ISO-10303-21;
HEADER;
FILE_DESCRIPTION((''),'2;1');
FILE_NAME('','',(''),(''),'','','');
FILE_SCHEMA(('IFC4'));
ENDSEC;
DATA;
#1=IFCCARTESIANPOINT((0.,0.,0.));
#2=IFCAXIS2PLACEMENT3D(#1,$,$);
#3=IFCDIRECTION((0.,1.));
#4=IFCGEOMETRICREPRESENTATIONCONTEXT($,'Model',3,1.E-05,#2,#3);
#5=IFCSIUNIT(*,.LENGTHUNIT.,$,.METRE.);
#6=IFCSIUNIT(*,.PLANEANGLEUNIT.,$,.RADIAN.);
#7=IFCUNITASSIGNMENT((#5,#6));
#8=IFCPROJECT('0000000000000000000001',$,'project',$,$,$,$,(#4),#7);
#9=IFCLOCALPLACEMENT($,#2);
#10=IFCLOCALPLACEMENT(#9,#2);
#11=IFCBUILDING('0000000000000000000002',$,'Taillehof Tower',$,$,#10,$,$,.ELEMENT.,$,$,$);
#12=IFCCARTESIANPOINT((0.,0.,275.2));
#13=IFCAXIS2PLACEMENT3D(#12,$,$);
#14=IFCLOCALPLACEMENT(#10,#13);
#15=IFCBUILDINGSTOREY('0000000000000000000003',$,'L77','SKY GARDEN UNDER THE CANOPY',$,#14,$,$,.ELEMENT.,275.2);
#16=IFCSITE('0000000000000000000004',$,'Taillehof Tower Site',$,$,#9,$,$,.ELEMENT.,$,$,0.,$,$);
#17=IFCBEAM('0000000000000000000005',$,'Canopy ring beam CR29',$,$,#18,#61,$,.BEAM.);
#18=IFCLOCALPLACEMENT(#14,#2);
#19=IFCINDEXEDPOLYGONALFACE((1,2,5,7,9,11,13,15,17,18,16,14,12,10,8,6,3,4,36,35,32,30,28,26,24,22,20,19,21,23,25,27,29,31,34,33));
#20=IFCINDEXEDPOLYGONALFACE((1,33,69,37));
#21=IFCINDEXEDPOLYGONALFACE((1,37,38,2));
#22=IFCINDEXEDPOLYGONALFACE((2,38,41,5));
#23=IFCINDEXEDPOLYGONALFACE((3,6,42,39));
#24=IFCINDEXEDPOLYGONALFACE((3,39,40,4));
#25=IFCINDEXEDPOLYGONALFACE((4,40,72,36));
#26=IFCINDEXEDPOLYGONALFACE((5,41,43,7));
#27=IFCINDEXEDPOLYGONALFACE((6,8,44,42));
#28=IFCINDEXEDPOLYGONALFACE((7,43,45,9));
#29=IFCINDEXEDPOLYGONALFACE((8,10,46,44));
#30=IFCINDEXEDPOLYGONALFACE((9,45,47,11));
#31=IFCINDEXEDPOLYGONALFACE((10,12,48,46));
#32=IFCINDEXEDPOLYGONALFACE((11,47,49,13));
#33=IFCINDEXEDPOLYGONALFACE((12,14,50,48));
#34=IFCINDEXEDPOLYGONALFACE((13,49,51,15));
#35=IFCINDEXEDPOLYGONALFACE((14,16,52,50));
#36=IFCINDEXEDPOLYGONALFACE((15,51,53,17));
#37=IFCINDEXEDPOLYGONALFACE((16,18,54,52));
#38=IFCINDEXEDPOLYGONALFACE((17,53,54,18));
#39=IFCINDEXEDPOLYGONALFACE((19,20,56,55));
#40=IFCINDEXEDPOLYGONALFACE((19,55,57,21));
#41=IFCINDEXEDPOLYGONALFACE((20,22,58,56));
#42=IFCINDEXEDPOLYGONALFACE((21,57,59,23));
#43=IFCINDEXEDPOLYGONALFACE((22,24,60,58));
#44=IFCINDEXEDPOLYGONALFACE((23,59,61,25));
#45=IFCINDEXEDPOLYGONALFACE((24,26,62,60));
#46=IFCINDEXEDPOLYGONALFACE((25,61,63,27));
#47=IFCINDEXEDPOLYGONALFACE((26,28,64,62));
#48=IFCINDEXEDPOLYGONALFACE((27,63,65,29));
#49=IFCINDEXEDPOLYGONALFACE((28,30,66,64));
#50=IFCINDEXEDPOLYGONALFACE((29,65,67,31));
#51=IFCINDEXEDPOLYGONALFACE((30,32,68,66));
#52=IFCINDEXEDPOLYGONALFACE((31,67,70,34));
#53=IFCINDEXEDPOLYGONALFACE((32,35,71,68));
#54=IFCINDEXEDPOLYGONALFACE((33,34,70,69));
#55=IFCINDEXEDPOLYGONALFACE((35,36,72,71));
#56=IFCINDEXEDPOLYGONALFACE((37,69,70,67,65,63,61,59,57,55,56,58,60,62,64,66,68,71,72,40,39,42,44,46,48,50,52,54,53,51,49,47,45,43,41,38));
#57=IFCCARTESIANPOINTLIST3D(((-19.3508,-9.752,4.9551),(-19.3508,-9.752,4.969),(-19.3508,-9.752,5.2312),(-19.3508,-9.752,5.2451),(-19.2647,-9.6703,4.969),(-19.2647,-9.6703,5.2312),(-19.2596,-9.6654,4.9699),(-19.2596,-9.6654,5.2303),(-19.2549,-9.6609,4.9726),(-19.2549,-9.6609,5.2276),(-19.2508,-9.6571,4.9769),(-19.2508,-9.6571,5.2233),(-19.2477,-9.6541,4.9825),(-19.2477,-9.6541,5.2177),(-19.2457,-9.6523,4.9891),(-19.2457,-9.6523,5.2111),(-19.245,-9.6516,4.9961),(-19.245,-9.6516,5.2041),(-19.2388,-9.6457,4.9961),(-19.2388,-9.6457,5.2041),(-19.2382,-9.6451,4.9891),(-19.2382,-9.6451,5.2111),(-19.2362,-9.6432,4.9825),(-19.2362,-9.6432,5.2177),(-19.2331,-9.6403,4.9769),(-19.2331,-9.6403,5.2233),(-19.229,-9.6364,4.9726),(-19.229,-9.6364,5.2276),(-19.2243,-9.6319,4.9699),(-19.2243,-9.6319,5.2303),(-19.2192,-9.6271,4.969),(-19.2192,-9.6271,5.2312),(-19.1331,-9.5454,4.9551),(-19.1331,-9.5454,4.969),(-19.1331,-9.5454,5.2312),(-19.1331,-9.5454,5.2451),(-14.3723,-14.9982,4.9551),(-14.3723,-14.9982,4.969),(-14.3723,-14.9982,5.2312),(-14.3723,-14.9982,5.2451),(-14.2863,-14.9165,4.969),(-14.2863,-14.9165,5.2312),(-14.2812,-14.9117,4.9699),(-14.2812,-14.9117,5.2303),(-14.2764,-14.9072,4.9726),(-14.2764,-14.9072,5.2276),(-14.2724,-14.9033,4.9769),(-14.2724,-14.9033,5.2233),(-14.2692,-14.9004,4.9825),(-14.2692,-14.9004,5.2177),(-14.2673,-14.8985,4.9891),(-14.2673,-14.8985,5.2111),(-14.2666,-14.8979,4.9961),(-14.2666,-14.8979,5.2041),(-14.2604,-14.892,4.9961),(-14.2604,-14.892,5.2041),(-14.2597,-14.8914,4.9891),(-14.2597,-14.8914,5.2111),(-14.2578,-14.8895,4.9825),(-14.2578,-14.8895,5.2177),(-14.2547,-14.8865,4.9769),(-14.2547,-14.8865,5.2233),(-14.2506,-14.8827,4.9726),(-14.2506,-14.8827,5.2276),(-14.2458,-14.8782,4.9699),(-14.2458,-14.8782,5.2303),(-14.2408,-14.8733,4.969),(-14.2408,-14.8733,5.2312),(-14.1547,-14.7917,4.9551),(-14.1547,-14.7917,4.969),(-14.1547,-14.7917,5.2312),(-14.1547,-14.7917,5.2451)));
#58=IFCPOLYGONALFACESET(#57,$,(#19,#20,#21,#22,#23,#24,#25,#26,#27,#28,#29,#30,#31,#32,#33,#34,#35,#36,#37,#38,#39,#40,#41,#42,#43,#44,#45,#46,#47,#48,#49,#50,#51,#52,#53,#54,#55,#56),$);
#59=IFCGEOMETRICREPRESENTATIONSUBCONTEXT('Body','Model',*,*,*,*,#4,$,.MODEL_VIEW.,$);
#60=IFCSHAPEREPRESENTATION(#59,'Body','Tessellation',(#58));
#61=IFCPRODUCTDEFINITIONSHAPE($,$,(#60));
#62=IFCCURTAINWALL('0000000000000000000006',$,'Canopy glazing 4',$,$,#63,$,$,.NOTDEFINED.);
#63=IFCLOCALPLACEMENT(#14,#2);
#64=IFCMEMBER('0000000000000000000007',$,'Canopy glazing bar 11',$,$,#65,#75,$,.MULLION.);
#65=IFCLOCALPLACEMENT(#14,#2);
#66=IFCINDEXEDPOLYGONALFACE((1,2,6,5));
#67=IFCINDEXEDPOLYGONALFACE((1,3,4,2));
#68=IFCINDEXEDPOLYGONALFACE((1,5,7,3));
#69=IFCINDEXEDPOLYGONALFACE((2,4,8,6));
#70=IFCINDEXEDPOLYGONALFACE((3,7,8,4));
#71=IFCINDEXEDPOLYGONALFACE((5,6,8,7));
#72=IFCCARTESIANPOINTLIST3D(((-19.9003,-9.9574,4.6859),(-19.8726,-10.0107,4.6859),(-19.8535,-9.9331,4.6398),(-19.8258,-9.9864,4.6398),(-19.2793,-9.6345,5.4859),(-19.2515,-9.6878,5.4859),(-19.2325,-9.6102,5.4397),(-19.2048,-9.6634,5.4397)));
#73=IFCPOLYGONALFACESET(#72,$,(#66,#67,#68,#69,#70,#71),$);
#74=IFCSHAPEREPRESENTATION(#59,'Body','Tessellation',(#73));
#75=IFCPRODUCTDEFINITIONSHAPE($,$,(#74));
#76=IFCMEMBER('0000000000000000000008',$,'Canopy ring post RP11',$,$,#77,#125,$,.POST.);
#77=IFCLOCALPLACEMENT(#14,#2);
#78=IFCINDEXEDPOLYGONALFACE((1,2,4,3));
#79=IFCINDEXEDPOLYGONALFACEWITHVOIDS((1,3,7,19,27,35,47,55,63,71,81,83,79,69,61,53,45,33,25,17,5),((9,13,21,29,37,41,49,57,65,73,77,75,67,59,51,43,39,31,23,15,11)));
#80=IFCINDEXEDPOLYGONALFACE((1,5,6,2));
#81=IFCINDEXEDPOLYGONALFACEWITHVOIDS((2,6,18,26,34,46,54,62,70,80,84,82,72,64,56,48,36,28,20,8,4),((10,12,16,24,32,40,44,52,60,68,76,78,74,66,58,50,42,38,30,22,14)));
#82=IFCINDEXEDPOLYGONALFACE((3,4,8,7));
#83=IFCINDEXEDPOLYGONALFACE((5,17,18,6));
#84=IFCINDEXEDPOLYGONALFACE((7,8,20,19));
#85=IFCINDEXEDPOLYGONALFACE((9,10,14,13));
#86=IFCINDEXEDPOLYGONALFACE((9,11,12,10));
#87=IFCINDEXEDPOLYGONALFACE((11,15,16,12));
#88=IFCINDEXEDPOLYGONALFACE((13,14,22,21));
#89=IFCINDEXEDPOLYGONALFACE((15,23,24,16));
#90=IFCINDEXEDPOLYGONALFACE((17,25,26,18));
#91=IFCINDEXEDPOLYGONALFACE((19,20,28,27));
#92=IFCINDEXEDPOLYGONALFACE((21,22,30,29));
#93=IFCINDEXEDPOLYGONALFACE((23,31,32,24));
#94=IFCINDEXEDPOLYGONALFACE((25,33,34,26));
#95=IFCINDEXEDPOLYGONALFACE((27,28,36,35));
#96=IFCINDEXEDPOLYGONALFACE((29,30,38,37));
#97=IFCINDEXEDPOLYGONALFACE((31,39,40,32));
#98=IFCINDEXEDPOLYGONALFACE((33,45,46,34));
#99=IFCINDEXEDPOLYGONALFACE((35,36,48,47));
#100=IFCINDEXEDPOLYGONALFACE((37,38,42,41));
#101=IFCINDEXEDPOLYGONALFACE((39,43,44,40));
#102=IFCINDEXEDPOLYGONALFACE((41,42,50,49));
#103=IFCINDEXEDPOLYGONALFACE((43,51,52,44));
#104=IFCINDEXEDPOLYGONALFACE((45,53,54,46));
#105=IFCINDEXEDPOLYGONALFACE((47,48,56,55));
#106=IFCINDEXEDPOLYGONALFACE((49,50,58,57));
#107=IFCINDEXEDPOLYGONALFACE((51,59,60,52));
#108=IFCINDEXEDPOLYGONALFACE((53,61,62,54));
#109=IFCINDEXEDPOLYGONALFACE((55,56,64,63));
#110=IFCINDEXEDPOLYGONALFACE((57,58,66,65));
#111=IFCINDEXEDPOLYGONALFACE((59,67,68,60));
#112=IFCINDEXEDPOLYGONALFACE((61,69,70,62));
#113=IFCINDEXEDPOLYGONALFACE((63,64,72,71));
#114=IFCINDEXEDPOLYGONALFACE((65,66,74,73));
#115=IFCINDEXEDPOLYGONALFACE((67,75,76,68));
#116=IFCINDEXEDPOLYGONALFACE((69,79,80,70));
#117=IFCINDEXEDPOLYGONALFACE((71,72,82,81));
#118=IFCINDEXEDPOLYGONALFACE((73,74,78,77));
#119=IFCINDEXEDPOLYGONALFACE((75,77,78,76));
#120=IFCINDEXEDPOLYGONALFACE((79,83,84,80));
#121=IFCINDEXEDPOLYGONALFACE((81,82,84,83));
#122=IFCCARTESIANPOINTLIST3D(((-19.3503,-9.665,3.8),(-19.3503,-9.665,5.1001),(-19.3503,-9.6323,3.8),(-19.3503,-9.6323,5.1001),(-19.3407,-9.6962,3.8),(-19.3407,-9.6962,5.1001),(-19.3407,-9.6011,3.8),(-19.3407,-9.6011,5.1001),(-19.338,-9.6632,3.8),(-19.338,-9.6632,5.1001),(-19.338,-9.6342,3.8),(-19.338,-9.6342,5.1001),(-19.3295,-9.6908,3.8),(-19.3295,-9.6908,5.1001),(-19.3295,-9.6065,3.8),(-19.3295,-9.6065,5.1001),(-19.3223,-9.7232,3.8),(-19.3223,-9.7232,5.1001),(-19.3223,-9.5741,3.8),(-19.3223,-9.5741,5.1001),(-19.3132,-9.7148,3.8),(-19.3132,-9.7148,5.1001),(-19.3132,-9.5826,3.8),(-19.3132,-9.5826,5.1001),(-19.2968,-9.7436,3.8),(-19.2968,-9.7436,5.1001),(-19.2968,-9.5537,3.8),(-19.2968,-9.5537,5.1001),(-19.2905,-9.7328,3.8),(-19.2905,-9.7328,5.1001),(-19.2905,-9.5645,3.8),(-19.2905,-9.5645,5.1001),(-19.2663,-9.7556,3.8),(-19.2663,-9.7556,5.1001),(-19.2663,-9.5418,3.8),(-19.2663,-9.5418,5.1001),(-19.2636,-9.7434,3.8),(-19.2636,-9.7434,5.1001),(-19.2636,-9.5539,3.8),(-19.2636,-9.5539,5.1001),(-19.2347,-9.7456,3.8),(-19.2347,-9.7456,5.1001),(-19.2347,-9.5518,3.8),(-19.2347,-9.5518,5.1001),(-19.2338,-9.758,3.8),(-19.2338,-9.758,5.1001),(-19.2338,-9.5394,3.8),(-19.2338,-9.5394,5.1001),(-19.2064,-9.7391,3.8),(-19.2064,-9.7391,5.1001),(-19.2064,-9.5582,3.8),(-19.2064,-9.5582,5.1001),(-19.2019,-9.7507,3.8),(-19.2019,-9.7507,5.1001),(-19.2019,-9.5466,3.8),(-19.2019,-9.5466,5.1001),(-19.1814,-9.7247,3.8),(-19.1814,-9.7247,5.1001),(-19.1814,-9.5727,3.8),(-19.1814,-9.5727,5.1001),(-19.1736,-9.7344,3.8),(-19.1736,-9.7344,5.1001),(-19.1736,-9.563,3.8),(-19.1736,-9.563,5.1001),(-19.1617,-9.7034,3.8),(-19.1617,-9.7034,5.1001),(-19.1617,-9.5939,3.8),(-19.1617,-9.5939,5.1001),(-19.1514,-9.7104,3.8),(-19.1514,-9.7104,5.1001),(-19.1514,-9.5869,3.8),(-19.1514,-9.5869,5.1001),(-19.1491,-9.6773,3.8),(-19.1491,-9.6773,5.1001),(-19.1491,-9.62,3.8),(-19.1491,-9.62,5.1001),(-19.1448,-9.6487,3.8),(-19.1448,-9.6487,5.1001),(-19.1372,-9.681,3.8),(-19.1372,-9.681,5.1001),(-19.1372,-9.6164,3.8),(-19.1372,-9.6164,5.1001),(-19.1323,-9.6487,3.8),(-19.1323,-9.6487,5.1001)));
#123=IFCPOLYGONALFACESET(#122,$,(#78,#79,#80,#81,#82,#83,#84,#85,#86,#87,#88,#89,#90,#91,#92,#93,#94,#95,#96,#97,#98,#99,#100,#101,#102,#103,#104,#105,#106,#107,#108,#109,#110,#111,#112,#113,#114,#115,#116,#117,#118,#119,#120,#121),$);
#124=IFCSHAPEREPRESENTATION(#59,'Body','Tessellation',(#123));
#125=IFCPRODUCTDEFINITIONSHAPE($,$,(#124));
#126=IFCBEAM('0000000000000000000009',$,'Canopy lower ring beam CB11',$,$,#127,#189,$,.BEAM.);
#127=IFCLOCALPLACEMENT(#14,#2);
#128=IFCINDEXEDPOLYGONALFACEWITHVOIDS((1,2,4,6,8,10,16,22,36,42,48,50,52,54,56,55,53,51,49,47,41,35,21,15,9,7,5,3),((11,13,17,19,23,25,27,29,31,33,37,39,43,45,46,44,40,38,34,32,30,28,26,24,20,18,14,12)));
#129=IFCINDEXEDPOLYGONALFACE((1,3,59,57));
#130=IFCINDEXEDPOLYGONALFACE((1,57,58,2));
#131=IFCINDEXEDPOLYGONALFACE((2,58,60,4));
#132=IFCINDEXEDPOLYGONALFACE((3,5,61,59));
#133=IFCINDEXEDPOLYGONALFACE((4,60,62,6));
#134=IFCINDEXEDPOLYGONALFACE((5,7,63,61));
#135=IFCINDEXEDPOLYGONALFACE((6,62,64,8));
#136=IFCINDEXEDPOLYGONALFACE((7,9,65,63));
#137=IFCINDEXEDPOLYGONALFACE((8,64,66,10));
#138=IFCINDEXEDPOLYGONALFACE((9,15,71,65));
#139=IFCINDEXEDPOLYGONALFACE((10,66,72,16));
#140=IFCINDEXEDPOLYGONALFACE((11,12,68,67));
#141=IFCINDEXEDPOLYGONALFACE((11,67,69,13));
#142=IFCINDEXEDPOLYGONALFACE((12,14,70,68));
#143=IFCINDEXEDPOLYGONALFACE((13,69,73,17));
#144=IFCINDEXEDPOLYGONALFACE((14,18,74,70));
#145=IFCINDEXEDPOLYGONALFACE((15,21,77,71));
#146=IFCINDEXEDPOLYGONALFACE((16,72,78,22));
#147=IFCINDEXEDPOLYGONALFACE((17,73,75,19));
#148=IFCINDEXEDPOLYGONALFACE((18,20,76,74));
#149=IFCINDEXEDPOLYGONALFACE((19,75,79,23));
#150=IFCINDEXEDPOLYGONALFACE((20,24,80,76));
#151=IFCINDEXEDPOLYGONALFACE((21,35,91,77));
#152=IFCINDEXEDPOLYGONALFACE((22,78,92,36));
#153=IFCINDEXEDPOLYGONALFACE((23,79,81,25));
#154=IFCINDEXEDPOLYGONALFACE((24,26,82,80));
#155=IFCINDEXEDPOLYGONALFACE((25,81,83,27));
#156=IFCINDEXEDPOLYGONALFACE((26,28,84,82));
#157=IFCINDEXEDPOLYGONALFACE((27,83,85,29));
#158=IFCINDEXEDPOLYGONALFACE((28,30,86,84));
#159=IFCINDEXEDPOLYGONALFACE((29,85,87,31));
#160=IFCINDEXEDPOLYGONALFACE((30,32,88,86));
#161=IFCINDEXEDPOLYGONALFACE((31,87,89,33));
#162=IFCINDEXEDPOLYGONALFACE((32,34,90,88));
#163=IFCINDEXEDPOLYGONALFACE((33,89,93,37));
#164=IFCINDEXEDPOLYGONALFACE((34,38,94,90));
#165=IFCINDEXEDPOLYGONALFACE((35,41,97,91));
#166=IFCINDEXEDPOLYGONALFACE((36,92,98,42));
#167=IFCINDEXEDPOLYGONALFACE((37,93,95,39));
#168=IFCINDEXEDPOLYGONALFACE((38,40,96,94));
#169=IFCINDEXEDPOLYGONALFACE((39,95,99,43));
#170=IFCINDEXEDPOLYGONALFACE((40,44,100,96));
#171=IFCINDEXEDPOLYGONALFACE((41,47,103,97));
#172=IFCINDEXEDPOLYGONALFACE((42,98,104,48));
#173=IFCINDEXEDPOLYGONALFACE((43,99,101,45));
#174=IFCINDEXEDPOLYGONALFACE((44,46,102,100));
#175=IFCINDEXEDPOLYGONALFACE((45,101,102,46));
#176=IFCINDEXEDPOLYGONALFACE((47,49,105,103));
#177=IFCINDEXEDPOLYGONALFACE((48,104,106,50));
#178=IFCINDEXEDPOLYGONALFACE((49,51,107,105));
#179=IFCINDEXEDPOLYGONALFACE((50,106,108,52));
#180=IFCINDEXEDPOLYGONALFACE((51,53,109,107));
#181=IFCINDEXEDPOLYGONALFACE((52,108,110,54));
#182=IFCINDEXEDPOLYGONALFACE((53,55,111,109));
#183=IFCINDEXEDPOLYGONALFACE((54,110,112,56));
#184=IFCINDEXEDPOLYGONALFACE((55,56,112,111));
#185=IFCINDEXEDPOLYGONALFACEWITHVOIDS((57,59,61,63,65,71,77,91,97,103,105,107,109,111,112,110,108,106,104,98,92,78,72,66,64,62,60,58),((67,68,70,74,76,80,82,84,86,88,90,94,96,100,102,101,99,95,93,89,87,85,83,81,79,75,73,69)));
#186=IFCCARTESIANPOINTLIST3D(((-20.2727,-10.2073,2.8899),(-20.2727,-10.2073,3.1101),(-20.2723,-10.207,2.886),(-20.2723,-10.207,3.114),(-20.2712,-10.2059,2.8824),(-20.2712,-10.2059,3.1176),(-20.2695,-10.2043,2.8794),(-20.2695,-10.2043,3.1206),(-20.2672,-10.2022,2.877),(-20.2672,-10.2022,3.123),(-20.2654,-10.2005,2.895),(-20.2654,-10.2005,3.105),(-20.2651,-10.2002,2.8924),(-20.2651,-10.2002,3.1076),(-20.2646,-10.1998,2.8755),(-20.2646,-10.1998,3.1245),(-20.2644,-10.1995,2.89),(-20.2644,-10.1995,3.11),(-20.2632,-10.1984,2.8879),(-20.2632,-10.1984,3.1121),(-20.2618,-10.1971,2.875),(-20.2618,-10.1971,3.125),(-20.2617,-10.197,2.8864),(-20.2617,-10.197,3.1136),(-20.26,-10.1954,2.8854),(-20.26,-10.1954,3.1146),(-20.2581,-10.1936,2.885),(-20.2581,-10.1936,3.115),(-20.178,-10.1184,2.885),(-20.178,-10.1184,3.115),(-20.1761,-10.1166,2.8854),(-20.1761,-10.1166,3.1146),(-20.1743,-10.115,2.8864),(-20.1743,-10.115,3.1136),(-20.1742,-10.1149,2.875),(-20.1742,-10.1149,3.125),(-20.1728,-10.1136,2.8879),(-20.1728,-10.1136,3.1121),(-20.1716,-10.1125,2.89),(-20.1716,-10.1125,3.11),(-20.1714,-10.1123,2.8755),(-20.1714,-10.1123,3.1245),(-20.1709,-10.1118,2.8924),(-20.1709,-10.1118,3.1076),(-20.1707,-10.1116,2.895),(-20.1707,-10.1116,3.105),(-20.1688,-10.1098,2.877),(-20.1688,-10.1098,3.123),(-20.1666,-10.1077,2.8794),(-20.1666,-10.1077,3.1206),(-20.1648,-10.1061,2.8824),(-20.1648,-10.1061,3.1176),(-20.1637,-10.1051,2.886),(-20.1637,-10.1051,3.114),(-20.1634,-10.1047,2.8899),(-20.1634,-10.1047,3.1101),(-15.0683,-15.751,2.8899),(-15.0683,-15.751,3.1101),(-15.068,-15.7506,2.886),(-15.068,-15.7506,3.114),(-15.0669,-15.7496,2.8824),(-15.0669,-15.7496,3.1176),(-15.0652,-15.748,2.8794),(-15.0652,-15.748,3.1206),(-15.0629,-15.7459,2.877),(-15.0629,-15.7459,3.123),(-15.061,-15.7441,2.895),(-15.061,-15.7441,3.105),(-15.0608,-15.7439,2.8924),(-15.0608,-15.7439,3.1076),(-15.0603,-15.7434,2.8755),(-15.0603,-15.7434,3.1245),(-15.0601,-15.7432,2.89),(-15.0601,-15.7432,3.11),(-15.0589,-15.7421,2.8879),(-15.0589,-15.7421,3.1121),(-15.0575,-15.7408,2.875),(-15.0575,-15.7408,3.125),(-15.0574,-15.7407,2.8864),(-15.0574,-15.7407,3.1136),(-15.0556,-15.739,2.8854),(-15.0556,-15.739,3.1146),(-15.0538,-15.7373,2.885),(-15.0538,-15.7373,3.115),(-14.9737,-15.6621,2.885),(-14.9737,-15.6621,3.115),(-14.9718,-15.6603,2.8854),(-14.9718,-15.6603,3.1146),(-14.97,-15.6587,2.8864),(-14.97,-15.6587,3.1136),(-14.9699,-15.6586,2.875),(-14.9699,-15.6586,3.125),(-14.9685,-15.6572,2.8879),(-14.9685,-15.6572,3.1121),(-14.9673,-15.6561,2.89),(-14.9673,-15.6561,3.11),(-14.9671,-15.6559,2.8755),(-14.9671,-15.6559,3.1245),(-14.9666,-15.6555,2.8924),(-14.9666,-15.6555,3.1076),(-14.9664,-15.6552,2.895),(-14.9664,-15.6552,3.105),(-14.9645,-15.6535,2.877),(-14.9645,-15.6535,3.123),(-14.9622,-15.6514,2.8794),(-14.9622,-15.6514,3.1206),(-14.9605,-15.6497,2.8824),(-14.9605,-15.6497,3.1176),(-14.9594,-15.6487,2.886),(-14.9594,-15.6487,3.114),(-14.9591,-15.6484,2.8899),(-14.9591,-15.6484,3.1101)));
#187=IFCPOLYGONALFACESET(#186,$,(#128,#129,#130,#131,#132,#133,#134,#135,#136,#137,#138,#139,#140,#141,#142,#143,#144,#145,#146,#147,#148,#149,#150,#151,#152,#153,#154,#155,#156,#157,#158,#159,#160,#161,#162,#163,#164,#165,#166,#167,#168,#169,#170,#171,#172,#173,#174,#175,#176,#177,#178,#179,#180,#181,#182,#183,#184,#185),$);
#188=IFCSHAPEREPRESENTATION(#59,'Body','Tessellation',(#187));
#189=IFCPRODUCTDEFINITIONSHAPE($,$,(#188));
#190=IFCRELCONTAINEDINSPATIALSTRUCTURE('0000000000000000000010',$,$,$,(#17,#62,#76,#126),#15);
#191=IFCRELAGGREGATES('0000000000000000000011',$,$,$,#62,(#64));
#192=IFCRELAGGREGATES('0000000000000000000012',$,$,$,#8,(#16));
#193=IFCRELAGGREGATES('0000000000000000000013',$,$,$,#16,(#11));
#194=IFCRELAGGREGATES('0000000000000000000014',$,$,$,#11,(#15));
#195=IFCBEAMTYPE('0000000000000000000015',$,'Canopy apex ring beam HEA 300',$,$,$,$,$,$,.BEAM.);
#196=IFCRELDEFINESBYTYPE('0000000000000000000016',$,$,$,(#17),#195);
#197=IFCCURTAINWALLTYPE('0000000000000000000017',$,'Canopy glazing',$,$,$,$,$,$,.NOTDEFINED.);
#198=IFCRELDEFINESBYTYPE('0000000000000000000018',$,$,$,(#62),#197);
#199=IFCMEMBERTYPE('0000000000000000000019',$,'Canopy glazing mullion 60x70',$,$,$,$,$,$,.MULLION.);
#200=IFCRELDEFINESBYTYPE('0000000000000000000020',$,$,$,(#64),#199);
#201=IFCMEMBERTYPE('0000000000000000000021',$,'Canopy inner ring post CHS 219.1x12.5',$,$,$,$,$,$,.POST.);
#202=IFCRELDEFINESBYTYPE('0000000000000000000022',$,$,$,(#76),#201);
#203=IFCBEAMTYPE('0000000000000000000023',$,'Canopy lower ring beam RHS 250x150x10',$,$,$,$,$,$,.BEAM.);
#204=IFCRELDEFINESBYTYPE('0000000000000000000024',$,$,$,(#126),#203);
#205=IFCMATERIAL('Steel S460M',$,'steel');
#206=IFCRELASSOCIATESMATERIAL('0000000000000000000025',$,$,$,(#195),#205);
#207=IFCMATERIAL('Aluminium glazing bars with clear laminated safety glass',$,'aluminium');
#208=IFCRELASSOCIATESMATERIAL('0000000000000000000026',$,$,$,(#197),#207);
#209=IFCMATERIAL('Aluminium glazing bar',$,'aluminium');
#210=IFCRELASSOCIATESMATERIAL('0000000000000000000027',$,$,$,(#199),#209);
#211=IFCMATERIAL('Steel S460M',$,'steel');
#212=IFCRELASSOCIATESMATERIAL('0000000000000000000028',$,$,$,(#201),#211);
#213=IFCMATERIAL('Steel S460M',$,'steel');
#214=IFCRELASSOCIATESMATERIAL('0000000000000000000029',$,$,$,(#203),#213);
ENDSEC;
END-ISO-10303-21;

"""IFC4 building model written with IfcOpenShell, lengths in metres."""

from ifc_helpers import new_model, si_unit, direction, frame, origin, origin_2d, place, context, subcontext, project, spatial, rectangle, hollow_rectangle, hollow_circle, i_section, extrude, material, material_profile, profile_set, type_object, element, aggregate, save


model = new_model("IFC4")

# Units and contexts
model_context = context("Model", 3, precision=1e-05, world=origin(), true_north=direction((0.0, 1.0)))
body_context = subcontext(model_context, "Body", "Model", "MODEL_VIEW")
ifc_project = project(units=[si_unit("LENGTHUNIT", "METRE"), si_unit("PLANEANGLEUNIT", "RADIAN")], contexts=[model_context])

# Site, building, storey
site_placement = place(None, origin())
site = spatial("IfcSite", under=ifc_project, at=site_placement, Name="Taillehof Tower Site", CompositionType="ELEMENT", RefElevation=0.0)
building_placement = place(site_placement, origin())
building = spatial("IfcBuilding", under=site, at=building_placement, Name="Taillehof Tower", CompositionType="ELEMENT")
storey_placement = place(building_placement, frame((0.0, 0.0, 275.2)))
storey = spatial("IfcBuildingStorey", under=building, at=storey_placement, Name="L77", Description="SKY GARDEN UNDER THE CANOPY", CompositionType="ELEMENT", Elevation=275.2)

# Beam
ifc_material_1 = material(Name="Steel S460M", Category="steel")
ifc_material_profile_1 = material_profile(ifc_material_1, i_section(OverallWidth=0.3, OverallDepth=0.29, WebThickness=0.0085, FlangeThickness=0.0139, FilletRadius=0.0271, at=origin_2d()), Name="HEA 300")
ifc_profile_set_1 = profile_set([ifc_material_profile_1], Name="Steel S460M")
beam_type_1 = type_object("IfcBeamType", Name="Canopy apex ring beam HEA 300", PredefinedType="BEAM", material=ifc_profile_set_1)
beam_1_placement = place(storey_placement, frame((-19.2419, -9.6487, 5.1001), z_axis=(0.688349, -0.725379, 0.0), x_axis=(0.725379, 0.688349, 0.0)))
element("IfcBeam", 1, at=beam_1_placement, inside=storey, type_object=beam_type_1, Name="Canopy ring beam CR29", PredefinedType="BEAM", context=body_context, shape_type="SweptSolid", body=[
    extrude(i_section(OverallWidth=0.3, OverallDepth=0.29, WebThickness=0.0085, FlangeThickness=0.0139, FilletRadius=0.0271, at=origin_2d()), origin(), (0.0, 0.0, 1.0), 7.2324),
])

# Curtain wall, member
ifc_material_2 = material(Name="Aluminium glazing bars with clear laminated safety glass", Category="aluminium")
curtain_wall_type = type_object("IfcCurtainWallType", Name="Canopy glazing", PredefinedType="NOTDEFINED", material=ifc_material_2)
curtain_wall_placement = place(storey_placement, origin())
curtain_wall = element("IfcCurtainWall", 2, at=curtain_wall_placement, inside=storey, type_object=curtain_wall_type, Name="Canopy glazing 4", PredefinedType="NOTDEFINED")
ifc_material_3 = material(Name="Aluminium glazing bar", Category="aluminium")
ifc_material_profile_2 = material_profile(ifc_material_3, rectangle(XDim=0.0601, YDim=0.0701, at=origin_2d()), Name="AL 60x70")
ifc_profile_set_2 = profile_set([ifc_material_profile_2], Name="Aluminium glazing bar")
member_type_1 = type_object("IfcMemberType", Name="Canopy glazing mullion 60x70", PredefinedType="MULLION", material=ifc_profile_set_2)
member_1_placement = place(storey_placement, frame((-19.863, -9.9719, 4.6628), z_axis=(0.584234, 0.303829, 0.752568), x_axis=(-0.461386, 0.8872, 0.0)))
member_1 = element("IfcMember", 3, at=member_1_placement, type_object=member_type_1, Name="Canopy glazing bar 11", PredefinedType="MULLION", context=body_context, shape_type="SweptSolid", body=[
    extrude(rectangle(XDim=0.0601, YDim=0.0701, at=origin_2d()), origin(), (0.0, 0.0, 1.0), 1.063),
])
aggregate(curtain_wall, [member_1])

# Member
ifc_material_4 = material(Name="Steel S460M", Category="steel")
ifc_material_profile_3 = material_profile(ifc_material_4, hollow_circle(Radius=0.1096, WallThickness=0.0125, at=origin_2d()), Name="CHS 219.1x12.5")
ifc_profile_set_3 = profile_set([ifc_material_profile_3], Name="Steel S460M")
member_type_2 = type_object("IfcMemberType", Name="Canopy inner ring post CHS 219.1x12.5", PredefinedType="POST", material=ifc_profile_set_3)
member_2_placement = place(storey_placement, frame((-19.2419, -9.6487, 3.8), z_axis=(0.0, 0.0, 1.0), x_axis=(1.0, 0.0, 0.0)))
element("IfcMember", 4, at=member_2_placement, inside=storey, type_object=member_type_2, Name="Canopy ring post RP11", PredefinedType="POST", context=body_context, shape_type="SweptSolid", body=[
    extrude(hollow_circle(Radius=0.1096, WallThickness=0.0125, at=origin_2d()), origin(), (0.0, 0.0, 1.0), 1.3),
])

# Beam
ifc_material_5 = material(Name="Steel S460M", Category="steel")
ifc_material_profile_4 = material_profile(ifc_material_5, hollow_rectangle(XDim=0.1499, YDim=0.25, WallThickness=0.01, InnerFilletRadius=0.01, OuterFilletRadius=0.0149, at=origin_2d()), Name="RHS 250x150x10")
ifc_profile_set_4 = profile_set([ifc_material_profile_4], Name="Steel S460M")
beam_type_2 = type_object("IfcBeamType", Name="Canopy lower ring beam RHS 250x150x10", PredefinedType="BEAM", material=ifc_profile_set_4)
beam_2_placement = place(storey_placement, frame((-20.218, -10.156, 3.0), z_axis=(0.68444, -0.729069, 0.0), x_axis=(0.729069, 0.68444, 0.0)))
element("IfcBeam", 5, at=beam_2_placement, inside=storey, type_object=beam_type_2, Name="Canopy lower ring beam CB11", PredefinedType="BEAM", context=body_context, shape_type="SweptSolid", body=[
    extrude(hollow_rectangle(XDim=0.1499, YDim=0.25, WallThickness=0.01, InnerFilletRadius=0.01, OuterFilletRadius=0.0149, at=origin_2d()), origin(), (0.0, 0.0, 1.0), 7.6038),
])

save(model, "model.ifc")
